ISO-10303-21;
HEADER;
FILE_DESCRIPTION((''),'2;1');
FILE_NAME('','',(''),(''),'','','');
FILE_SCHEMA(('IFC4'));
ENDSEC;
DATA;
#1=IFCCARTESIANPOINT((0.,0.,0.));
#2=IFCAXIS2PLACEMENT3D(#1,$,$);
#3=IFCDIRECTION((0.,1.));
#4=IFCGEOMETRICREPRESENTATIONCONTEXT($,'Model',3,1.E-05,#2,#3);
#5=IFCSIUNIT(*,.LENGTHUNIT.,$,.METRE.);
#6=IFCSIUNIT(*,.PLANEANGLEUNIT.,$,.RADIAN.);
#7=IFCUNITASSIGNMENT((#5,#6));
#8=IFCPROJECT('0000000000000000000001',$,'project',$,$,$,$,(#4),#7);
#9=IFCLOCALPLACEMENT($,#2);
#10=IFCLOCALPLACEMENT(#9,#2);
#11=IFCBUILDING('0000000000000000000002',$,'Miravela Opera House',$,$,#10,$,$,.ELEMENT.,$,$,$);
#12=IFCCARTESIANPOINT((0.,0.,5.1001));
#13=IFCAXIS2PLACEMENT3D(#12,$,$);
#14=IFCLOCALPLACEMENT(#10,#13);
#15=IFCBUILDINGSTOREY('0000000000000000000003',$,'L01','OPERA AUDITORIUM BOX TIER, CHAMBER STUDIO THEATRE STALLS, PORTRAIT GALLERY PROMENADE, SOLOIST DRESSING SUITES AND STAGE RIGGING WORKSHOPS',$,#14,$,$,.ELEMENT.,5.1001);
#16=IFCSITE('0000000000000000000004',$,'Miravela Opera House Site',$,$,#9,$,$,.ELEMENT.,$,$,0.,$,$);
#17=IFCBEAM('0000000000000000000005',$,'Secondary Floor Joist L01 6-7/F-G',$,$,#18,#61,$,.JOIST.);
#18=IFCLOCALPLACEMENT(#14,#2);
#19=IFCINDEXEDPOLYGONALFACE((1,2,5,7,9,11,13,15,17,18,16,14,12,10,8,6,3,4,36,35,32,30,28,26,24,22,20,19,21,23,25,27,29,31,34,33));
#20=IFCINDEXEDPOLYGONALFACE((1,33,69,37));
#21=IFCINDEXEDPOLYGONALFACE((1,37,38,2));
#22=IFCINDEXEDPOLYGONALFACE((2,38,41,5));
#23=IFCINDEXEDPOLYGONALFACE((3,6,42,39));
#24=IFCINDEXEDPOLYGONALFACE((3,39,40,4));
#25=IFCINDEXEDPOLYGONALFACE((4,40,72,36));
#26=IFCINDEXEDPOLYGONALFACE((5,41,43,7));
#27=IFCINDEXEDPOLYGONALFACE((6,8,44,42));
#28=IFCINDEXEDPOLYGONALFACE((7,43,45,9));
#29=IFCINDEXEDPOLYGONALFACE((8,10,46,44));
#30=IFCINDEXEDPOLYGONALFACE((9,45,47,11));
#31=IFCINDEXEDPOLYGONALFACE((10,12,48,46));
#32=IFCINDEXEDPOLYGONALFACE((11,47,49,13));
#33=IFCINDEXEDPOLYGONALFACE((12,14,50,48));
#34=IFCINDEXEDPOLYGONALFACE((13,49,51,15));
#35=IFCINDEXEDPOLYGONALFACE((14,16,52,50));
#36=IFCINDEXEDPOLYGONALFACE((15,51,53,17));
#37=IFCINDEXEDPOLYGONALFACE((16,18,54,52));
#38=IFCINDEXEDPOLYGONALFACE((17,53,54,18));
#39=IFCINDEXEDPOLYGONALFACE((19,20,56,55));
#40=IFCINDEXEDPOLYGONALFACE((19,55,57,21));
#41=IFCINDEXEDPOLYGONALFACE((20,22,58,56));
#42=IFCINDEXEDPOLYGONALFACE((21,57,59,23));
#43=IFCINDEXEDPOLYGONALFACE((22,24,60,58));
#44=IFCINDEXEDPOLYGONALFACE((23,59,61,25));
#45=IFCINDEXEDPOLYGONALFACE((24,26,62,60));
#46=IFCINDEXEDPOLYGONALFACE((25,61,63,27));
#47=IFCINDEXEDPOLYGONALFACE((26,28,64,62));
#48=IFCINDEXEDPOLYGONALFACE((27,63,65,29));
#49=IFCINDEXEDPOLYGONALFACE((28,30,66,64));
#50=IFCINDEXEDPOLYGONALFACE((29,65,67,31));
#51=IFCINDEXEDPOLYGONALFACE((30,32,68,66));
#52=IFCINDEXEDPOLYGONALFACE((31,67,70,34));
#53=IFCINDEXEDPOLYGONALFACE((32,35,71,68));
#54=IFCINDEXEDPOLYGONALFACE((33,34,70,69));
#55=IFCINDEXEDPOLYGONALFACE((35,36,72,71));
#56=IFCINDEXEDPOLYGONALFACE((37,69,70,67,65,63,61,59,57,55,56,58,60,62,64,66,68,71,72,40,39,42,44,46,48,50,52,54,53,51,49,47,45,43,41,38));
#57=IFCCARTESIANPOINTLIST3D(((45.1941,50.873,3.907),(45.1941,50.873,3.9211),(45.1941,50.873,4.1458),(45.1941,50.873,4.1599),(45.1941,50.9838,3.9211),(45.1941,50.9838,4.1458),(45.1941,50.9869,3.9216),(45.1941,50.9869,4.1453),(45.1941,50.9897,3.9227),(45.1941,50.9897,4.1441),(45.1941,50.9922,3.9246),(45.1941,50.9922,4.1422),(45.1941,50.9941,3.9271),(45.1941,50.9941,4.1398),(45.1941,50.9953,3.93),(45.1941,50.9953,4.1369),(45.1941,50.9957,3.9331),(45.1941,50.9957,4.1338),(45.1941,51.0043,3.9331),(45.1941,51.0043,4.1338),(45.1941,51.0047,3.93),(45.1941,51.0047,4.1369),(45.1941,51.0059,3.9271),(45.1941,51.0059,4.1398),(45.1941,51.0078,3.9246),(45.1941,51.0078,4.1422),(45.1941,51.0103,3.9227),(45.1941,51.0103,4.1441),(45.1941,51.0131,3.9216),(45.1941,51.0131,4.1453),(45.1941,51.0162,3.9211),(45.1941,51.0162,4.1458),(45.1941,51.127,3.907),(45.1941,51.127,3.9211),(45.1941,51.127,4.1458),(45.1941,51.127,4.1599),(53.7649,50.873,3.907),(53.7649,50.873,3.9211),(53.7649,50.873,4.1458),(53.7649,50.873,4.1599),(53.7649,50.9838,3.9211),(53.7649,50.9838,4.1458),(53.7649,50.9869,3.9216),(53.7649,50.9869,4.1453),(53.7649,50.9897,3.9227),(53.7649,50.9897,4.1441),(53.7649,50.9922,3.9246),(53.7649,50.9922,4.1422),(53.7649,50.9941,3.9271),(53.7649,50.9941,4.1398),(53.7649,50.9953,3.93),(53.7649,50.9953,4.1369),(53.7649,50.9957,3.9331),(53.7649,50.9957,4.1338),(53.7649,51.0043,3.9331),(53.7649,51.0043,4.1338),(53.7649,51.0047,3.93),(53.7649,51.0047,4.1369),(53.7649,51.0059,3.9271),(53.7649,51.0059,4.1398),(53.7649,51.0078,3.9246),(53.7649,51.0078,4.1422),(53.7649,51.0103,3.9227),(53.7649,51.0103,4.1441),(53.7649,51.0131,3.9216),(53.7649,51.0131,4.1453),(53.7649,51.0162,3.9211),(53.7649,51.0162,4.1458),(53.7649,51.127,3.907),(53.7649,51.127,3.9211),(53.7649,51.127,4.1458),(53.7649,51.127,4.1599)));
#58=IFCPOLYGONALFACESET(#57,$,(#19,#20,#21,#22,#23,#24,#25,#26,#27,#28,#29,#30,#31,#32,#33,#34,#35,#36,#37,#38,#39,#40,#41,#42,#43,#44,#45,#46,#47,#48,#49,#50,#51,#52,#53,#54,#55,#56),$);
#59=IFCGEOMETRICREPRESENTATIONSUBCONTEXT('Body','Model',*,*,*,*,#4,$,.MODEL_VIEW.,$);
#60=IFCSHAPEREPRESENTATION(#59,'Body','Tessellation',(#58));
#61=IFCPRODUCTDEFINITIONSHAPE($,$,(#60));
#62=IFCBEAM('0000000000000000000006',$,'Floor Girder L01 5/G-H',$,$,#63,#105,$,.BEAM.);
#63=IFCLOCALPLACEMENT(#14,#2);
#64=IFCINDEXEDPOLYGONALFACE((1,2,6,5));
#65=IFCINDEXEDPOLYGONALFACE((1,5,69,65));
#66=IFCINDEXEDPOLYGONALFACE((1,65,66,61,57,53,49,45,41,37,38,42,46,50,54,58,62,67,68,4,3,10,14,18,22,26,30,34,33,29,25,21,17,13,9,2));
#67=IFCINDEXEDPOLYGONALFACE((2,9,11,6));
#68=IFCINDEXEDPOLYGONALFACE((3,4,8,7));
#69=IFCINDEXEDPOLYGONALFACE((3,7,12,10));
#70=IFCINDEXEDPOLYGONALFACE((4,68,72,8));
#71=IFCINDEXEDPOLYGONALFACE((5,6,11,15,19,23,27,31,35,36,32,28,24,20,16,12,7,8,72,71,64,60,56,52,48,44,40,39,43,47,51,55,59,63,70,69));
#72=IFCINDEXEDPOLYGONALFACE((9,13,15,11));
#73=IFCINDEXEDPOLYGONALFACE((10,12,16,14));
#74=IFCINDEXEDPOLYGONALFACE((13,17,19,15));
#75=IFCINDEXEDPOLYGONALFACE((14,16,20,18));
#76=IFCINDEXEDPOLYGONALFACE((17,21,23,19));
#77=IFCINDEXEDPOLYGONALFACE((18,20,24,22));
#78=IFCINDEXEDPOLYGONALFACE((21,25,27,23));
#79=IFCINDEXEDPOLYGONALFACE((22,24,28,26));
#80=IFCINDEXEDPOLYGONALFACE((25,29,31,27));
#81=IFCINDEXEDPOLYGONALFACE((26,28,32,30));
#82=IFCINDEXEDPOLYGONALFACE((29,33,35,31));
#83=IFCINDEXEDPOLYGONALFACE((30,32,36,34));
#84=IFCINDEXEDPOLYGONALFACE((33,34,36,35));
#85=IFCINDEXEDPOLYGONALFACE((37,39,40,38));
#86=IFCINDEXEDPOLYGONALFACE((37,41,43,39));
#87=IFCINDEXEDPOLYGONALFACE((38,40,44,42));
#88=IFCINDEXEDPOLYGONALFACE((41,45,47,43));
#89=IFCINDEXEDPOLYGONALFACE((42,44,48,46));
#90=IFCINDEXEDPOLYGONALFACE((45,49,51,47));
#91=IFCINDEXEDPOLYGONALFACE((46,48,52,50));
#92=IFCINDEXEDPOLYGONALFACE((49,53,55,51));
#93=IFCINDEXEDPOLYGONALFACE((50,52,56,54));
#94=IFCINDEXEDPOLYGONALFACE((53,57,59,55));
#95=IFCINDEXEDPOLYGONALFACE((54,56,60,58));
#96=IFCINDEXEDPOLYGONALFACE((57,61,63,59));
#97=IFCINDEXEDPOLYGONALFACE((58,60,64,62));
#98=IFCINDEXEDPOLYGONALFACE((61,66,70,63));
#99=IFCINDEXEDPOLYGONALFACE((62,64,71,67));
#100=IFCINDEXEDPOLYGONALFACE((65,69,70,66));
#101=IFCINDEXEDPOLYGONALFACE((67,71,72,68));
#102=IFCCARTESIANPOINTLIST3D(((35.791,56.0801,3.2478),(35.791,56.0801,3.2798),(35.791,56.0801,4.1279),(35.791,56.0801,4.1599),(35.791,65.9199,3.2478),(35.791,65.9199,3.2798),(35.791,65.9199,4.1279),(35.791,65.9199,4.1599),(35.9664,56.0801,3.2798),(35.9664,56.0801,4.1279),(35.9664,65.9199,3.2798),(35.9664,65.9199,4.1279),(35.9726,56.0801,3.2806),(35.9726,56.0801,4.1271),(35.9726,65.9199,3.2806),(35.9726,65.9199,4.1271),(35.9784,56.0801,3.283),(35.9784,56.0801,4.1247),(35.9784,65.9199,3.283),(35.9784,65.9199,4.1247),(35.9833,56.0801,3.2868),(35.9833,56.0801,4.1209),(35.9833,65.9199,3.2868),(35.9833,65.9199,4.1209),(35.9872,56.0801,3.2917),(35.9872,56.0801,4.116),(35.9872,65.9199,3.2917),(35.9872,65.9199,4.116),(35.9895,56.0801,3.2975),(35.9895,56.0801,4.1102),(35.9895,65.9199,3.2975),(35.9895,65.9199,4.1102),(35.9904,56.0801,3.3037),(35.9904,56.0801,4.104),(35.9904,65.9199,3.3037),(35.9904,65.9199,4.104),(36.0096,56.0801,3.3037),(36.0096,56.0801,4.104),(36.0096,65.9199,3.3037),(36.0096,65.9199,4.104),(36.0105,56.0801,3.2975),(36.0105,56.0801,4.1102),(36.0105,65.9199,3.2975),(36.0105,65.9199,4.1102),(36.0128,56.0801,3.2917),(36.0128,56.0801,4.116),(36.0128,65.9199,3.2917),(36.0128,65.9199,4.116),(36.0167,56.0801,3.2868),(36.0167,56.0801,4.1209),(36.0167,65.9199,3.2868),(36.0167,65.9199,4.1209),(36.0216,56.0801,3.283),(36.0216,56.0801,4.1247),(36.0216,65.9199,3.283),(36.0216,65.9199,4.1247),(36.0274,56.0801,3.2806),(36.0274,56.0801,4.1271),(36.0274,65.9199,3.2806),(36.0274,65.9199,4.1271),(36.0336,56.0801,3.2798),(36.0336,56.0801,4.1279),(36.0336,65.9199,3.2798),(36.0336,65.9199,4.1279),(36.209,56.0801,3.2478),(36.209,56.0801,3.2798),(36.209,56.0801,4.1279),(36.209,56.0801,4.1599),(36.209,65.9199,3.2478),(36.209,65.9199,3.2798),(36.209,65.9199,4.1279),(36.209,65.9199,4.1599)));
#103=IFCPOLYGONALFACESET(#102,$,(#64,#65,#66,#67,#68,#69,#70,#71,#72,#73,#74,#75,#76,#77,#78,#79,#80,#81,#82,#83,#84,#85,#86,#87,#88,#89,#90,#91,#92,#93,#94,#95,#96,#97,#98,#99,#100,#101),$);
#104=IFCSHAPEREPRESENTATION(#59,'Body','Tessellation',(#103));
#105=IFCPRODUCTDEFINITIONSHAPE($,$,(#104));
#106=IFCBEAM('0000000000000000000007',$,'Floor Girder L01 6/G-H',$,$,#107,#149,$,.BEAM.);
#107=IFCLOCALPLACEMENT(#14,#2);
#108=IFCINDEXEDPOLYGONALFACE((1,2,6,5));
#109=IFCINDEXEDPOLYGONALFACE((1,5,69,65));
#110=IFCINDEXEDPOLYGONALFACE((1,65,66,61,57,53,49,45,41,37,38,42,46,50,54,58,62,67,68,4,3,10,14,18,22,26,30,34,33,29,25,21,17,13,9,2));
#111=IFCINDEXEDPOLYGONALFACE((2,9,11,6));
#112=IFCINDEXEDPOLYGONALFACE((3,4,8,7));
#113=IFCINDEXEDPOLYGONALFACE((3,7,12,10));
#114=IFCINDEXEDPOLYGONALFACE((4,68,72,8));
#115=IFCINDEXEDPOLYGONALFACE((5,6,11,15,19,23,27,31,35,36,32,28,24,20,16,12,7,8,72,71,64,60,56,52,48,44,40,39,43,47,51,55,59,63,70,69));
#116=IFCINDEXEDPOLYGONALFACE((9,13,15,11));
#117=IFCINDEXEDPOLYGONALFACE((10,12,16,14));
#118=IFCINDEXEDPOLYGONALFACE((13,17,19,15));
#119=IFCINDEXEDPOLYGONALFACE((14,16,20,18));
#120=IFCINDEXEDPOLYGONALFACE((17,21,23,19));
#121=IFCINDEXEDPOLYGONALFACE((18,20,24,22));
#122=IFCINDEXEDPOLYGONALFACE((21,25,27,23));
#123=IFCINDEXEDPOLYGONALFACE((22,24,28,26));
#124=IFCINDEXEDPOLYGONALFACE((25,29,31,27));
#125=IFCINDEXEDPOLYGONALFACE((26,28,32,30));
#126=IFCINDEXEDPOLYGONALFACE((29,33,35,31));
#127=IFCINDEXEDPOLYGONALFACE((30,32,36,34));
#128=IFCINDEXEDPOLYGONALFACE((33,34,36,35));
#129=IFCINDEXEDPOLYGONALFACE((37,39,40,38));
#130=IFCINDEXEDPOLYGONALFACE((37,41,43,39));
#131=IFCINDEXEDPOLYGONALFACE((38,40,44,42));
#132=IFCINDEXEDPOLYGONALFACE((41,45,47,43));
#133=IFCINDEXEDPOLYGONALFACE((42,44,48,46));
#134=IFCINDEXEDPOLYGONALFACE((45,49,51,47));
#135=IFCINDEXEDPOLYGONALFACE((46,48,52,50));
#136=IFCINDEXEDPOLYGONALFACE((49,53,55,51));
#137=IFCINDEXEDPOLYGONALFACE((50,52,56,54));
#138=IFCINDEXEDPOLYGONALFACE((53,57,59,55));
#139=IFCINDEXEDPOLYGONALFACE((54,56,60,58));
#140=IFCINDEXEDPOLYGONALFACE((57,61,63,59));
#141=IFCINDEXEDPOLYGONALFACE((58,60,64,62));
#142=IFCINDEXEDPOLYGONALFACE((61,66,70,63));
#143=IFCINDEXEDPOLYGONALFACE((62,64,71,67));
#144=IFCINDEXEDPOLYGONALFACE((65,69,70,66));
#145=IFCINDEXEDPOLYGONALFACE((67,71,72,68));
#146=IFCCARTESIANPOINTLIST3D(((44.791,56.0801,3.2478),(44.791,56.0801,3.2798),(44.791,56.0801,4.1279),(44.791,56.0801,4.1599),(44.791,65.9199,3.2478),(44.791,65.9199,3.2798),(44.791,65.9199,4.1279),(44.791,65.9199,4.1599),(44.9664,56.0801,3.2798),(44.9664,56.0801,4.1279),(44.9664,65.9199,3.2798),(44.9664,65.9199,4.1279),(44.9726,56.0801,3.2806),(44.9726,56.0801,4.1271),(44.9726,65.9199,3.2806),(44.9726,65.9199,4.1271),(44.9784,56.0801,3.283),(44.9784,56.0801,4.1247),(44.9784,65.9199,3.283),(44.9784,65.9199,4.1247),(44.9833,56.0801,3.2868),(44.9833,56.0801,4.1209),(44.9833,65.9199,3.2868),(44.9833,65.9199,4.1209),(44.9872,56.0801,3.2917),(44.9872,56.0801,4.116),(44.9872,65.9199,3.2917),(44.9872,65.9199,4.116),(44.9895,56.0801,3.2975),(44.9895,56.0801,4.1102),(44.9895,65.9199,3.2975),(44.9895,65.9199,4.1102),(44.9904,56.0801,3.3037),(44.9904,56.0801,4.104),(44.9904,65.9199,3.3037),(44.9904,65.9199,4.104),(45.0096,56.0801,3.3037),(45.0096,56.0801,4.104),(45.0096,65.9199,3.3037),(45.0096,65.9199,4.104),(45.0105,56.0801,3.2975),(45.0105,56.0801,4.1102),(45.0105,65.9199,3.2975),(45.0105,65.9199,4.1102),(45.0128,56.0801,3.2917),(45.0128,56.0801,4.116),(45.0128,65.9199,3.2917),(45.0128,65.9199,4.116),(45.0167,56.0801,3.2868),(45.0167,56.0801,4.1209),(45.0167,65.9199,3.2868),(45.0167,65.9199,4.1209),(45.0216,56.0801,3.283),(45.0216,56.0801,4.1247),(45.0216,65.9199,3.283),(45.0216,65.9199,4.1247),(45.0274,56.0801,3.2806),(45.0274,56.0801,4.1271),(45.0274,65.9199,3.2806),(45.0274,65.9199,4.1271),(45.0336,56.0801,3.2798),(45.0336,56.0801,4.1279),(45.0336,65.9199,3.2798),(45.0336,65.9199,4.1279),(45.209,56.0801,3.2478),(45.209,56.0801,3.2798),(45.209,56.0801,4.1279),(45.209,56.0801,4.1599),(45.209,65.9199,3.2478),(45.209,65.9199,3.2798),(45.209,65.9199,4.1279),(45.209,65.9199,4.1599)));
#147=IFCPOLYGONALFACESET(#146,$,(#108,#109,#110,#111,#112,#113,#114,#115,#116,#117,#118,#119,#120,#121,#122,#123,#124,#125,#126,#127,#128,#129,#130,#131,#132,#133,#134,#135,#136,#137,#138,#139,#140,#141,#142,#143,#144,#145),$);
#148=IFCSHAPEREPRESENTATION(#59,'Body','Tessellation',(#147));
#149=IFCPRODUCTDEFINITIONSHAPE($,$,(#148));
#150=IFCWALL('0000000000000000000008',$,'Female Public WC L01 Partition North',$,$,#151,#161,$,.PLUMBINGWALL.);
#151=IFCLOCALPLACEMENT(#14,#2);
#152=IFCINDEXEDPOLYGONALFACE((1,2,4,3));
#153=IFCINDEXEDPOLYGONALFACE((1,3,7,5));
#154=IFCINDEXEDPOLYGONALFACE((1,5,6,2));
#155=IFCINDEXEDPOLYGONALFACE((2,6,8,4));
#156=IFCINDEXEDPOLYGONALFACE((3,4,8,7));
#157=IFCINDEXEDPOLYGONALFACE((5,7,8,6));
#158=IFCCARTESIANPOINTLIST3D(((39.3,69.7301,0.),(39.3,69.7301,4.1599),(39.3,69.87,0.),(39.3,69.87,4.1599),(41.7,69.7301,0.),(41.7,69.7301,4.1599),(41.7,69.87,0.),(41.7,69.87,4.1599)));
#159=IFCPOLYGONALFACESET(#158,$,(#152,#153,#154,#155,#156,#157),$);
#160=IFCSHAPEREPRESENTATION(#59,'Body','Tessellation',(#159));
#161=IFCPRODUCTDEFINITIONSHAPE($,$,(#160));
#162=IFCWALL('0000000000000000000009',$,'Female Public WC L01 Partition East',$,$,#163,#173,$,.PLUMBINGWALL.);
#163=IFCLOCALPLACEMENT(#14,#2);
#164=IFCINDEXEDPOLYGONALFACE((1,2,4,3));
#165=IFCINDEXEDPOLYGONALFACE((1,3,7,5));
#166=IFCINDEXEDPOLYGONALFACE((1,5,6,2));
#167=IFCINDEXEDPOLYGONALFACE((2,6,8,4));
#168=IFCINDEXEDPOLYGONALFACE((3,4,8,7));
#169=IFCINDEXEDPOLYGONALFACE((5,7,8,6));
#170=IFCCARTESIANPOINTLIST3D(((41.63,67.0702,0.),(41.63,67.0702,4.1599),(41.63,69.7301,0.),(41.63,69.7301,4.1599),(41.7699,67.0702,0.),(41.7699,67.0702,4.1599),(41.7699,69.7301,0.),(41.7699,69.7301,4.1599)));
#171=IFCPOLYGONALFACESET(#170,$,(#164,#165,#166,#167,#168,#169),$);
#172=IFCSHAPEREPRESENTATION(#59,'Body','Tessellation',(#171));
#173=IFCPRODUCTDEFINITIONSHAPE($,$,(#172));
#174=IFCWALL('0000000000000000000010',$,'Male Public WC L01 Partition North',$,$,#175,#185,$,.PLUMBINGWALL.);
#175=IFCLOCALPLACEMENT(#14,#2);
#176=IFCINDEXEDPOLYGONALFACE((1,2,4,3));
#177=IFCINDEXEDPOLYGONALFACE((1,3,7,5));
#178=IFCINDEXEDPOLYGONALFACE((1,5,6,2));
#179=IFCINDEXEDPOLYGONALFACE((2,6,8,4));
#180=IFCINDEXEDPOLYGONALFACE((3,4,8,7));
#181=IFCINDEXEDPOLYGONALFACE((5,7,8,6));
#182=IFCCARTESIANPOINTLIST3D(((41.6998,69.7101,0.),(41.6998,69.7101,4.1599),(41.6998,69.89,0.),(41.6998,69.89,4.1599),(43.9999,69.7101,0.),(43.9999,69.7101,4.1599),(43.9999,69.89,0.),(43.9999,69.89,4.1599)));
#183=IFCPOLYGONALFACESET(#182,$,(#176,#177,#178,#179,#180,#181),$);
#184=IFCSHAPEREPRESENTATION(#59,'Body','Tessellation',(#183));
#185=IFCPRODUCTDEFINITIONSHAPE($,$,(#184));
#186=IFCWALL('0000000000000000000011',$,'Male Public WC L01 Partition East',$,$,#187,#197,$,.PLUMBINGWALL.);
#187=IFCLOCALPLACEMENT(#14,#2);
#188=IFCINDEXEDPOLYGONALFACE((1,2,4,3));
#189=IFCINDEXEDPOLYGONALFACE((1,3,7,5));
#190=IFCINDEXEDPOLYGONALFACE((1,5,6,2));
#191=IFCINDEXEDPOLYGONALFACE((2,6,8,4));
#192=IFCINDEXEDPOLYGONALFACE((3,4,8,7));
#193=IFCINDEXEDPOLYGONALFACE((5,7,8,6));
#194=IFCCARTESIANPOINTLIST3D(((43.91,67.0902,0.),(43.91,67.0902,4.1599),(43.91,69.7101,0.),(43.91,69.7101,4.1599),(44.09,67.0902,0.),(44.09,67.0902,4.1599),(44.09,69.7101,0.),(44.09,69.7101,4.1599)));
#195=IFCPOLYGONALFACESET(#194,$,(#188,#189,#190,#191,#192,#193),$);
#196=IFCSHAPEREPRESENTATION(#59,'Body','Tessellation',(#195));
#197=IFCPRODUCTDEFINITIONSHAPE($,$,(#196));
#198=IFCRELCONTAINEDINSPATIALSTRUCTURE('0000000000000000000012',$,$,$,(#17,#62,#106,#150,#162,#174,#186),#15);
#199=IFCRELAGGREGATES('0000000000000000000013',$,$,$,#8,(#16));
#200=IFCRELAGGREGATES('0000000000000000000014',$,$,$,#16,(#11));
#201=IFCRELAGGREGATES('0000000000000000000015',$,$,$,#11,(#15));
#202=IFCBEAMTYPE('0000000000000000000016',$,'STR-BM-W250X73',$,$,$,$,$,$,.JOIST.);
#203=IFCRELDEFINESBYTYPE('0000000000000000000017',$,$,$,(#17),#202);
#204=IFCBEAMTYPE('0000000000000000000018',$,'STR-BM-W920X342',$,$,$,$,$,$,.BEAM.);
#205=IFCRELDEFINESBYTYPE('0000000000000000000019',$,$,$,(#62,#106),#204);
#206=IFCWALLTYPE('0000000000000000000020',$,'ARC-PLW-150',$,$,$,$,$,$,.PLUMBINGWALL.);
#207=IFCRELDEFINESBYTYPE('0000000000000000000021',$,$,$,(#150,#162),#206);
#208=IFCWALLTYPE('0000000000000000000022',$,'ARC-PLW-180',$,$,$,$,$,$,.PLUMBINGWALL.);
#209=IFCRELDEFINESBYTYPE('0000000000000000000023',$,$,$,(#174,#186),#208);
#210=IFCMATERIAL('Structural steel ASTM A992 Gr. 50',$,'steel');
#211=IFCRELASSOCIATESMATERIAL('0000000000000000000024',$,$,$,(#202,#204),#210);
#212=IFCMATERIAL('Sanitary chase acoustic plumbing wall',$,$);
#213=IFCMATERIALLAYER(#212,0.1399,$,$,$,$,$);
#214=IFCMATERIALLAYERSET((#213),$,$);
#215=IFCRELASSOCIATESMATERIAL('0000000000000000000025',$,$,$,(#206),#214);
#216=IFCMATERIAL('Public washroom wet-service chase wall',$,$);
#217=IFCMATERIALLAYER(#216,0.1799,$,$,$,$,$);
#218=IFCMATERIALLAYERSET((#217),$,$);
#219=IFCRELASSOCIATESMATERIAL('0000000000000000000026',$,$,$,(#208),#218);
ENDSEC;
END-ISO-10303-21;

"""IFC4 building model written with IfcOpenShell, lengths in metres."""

from ifc_helpers import new_model, si_unit, direction, frame, frame_2d, origin, origin_2d, place, context, subcontext, project, spatial, rectangle, i_section, extrude, material, layer, layer_set, material_profile, profile_set, type_object, element, save


model = new_model("IFC4")

# Units and contexts
model_context = context("Model", 3, precision=1e-05, world=origin(), true_north=direction((0.0, 1.0)))
body_context = subcontext(model_context, "Body", "Model", "MODEL_VIEW")
ifc_project = project(units=[si_unit("LENGTHUNIT", "METRE"), si_unit("PLANEANGLEUNIT", "RADIAN")], contexts=[model_context])

# Site, building, storey
site_placement = place(None, origin())
site = spatial("IfcSite", under=ifc_project, at=site_placement, Name="Miravela Opera House Site", CompositionType="ELEMENT", RefElevation=0.0)
building_placement = place(site_placement, origin())
building = spatial("IfcBuilding", under=site, at=building_placement, Name="Miravela Opera House", CompositionType="ELEMENT")
storey_placement = place(building_placement, frame((0.0, 0.0, 5.1001)))
storey = spatial("IfcBuildingStorey", under=building, at=storey_placement, Name="L01", Description="OPERA AUDITORIUM BOX TIER, CHAMBER STUDIO THEATRE STALLS, PORTRAIT GALLERY PROMENADE, SOLOIST DRESSING SUITES AND STAGE RIGGING WORKSHOPS", CompositionType="ELEMENT", Elevation=5.1001)

# Beams
ifc_material_1 = material(Name="Structural steel ASTM A992 Gr. 50", Category="steel")
ifc_material_profile_1 = material_profile(ifc_material_1, i_section(OverallWidth=0.2539, OverallDepth=0.2529, WebThickness=0.0085, FlangeThickness=0.0142, FilletRadius=0.012, at=origin_2d()), Name="W250X73")
ifc_profile_set_1 = profile_set([ifc_material_profile_1])
beam_type_1 = type_object("IfcBeamType", Name="STR-BM-W250X73", PredefinedType="JOIST", material=ifc_profile_set_1)
beam_1_placement = place(storey_placement, frame((45.1941, 51.0, 4.0334), z_axis=(1.0, 0.0, 0.0), x_axis=(0.0, 1.0, 0.0)))
element("IfcBeam", 1, at=beam_1_placement, inside=storey, type_object=beam_type_1, Name="Secondary Floor Joist L01 6-7/F-G", PredefinedType="JOIST", context=body_context, shape_type="SweptSolid", body=[
    extrude(i_section(OverallWidth=0.2539, OverallDepth=0.2529, WebThickness=0.0085, FlangeThickness=0.0142, FilletRadius=0.012, at=origin_2d()), origin(), (0.0, 0.0, 1.0), 8.5708),
])
ifc_material_profile_2 = material_profile(ifc_material_1, i_section(OverallWidth=0.418, OverallDepth=0.9121, WebThickness=0.0193, FlangeThickness=0.032, FilletRadius=0.0239, at=origin_2d()), Name="W920X342")
ifc_profile_set_2 = profile_set([ifc_material_profile_2])
beam_type_2 = type_object("IfcBeamType", Name="STR-BM-W920X342", PredefinedType="BEAM", material=ifc_profile_set_2)
for number, where, z_axis, x_axis, name in (
    (2, (36.0, 56.0801, 3.7039), (0.0, 1.0, 0.0), (-1.0, 0.0, 0.0), "Floor Girder L01 5/G-H"),
    (3, (45.0, 56.0801, 3.7039), (0.0, 1.0, 0.0), (-1.0, 0.0, 0.0), "Floor Girder L01 6/G-H"),
):
    element("IfcBeam", number, at=place(storey_placement, frame(where, z_axis=z_axis, x_axis=x_axis)), inside=storey, type_object=beam_type_2, Name=name, PredefinedType="BEAM", context=body_context, shape_type="SweptSolid", body=[
        extrude(i_section(OverallWidth=0.418, OverallDepth=0.9121, WebThickness=0.0193, FlangeThickness=0.032, FilletRadius=0.0239, at=origin_2d()), origin(), (0.0, 0.0, 1.0), 9.8398),
    ])

# Shared definitions
ifc_material_2 = material(Name="Sanitary chase acoustic plumbing wall")
ifc_layer_1 = layer(ifc_material_2, 0.1399)
ifc_layer_set_1 = layer_set([ifc_layer_1])
wall_type_1 = type_object("IfcWallType", Name="ARC-PLW-150", PredefinedType="PLUMBINGWALL", material=ifc_layer_set_1)

# Walls
wall_1_placement = place(storey_placement, frame((39.3, 69.8, 0.0), z_axis=(0.0, 0.0, 1.0), x_axis=(1.0, 0.0, 0.0)))
element("IfcWall", 4, at=wall_1_placement, inside=storey, type_object=wall_type_1, Name="Female Public WC L01 Partition North", PredefinedType="PLUMBINGWALL", context=body_context, shape_type="SweptSolid", body=[
    extrude(rectangle(XDim=2.3999, YDim=0.1399, at=frame_2d((1.2, 0.0))), origin(), (0.0, 0.0, 1.0), 4.1599),
])
wall_2_placement = place(storey_placement, frame((41.7, 67.0701, 0.0), z_axis=(0.0, 0.0, 1.0), x_axis=(0.0, 1.0, 0.0)))
element("IfcWall", 5, at=wall_2_placement, inside=storey, type_object=wall_type_1, Name="Female Public WC L01 Partition East", PredefinedType="PLUMBINGWALL", context=body_context, shape_type="SweptSolid", body=[
    extrude(rectangle(XDim=2.6599, YDim=0.1399, at=frame_2d((1.3301, 0.0))), origin(), (0.0, 0.0, 1.0), 4.1599),
])

# Shared definitions
ifc_material_3 = material(Name="Public washroom wet-service chase wall")
ifc_layer_2 = layer(ifc_material_3, 0.1799)
ifc_layer_set_2 = layer_set([ifc_layer_2])
wall_type_2 = type_object("IfcWallType", Name="ARC-PLW-180", PredefinedType="PLUMBINGWALL", material=ifc_layer_set_2)

# Walls
wall_3_placement = place(storey_placement, frame((41.7, 69.8, 0.0), z_axis=(0.0, 0.0, 1.0), x_axis=(1.0, 0.0, 0.0)))
element("IfcWall", 6, at=wall_3_placement, inside=storey, type_object=wall_type_2, Name="Male Public WC L01 Partition North", PredefinedType="PLUMBINGWALL", context=body_context, shape_type="SweptSolid", body=[
    extrude(rectangle(XDim=2.3, YDim=0.1799, at=frame_2d((1.1499, 0.0))), origin(), (0.0, 0.0, 1.0), 4.1599),
])
wall_4_placement = place(storey_placement, frame((44.0, 67.0901, 0.0), z_axis=(0.0, 0.0, 1.0), x_axis=(0.0, 1.0, 0.0)))
element("IfcWall", 7, at=wall_4_placement, inside=storey, type_object=wall_type_2, Name="Male Public WC L01 Partition East", PredefinedType="PLUMBINGWALL", context=body_context, shape_type="SweptSolid", body=[
    extrude(rectangle(XDim=2.6199, YDim=0.1799, at=frame_2d((1.3101, 0.0))), origin(), (0.0, 0.0, 1.0), 4.1599),
])

save(model, "model.ifc")
